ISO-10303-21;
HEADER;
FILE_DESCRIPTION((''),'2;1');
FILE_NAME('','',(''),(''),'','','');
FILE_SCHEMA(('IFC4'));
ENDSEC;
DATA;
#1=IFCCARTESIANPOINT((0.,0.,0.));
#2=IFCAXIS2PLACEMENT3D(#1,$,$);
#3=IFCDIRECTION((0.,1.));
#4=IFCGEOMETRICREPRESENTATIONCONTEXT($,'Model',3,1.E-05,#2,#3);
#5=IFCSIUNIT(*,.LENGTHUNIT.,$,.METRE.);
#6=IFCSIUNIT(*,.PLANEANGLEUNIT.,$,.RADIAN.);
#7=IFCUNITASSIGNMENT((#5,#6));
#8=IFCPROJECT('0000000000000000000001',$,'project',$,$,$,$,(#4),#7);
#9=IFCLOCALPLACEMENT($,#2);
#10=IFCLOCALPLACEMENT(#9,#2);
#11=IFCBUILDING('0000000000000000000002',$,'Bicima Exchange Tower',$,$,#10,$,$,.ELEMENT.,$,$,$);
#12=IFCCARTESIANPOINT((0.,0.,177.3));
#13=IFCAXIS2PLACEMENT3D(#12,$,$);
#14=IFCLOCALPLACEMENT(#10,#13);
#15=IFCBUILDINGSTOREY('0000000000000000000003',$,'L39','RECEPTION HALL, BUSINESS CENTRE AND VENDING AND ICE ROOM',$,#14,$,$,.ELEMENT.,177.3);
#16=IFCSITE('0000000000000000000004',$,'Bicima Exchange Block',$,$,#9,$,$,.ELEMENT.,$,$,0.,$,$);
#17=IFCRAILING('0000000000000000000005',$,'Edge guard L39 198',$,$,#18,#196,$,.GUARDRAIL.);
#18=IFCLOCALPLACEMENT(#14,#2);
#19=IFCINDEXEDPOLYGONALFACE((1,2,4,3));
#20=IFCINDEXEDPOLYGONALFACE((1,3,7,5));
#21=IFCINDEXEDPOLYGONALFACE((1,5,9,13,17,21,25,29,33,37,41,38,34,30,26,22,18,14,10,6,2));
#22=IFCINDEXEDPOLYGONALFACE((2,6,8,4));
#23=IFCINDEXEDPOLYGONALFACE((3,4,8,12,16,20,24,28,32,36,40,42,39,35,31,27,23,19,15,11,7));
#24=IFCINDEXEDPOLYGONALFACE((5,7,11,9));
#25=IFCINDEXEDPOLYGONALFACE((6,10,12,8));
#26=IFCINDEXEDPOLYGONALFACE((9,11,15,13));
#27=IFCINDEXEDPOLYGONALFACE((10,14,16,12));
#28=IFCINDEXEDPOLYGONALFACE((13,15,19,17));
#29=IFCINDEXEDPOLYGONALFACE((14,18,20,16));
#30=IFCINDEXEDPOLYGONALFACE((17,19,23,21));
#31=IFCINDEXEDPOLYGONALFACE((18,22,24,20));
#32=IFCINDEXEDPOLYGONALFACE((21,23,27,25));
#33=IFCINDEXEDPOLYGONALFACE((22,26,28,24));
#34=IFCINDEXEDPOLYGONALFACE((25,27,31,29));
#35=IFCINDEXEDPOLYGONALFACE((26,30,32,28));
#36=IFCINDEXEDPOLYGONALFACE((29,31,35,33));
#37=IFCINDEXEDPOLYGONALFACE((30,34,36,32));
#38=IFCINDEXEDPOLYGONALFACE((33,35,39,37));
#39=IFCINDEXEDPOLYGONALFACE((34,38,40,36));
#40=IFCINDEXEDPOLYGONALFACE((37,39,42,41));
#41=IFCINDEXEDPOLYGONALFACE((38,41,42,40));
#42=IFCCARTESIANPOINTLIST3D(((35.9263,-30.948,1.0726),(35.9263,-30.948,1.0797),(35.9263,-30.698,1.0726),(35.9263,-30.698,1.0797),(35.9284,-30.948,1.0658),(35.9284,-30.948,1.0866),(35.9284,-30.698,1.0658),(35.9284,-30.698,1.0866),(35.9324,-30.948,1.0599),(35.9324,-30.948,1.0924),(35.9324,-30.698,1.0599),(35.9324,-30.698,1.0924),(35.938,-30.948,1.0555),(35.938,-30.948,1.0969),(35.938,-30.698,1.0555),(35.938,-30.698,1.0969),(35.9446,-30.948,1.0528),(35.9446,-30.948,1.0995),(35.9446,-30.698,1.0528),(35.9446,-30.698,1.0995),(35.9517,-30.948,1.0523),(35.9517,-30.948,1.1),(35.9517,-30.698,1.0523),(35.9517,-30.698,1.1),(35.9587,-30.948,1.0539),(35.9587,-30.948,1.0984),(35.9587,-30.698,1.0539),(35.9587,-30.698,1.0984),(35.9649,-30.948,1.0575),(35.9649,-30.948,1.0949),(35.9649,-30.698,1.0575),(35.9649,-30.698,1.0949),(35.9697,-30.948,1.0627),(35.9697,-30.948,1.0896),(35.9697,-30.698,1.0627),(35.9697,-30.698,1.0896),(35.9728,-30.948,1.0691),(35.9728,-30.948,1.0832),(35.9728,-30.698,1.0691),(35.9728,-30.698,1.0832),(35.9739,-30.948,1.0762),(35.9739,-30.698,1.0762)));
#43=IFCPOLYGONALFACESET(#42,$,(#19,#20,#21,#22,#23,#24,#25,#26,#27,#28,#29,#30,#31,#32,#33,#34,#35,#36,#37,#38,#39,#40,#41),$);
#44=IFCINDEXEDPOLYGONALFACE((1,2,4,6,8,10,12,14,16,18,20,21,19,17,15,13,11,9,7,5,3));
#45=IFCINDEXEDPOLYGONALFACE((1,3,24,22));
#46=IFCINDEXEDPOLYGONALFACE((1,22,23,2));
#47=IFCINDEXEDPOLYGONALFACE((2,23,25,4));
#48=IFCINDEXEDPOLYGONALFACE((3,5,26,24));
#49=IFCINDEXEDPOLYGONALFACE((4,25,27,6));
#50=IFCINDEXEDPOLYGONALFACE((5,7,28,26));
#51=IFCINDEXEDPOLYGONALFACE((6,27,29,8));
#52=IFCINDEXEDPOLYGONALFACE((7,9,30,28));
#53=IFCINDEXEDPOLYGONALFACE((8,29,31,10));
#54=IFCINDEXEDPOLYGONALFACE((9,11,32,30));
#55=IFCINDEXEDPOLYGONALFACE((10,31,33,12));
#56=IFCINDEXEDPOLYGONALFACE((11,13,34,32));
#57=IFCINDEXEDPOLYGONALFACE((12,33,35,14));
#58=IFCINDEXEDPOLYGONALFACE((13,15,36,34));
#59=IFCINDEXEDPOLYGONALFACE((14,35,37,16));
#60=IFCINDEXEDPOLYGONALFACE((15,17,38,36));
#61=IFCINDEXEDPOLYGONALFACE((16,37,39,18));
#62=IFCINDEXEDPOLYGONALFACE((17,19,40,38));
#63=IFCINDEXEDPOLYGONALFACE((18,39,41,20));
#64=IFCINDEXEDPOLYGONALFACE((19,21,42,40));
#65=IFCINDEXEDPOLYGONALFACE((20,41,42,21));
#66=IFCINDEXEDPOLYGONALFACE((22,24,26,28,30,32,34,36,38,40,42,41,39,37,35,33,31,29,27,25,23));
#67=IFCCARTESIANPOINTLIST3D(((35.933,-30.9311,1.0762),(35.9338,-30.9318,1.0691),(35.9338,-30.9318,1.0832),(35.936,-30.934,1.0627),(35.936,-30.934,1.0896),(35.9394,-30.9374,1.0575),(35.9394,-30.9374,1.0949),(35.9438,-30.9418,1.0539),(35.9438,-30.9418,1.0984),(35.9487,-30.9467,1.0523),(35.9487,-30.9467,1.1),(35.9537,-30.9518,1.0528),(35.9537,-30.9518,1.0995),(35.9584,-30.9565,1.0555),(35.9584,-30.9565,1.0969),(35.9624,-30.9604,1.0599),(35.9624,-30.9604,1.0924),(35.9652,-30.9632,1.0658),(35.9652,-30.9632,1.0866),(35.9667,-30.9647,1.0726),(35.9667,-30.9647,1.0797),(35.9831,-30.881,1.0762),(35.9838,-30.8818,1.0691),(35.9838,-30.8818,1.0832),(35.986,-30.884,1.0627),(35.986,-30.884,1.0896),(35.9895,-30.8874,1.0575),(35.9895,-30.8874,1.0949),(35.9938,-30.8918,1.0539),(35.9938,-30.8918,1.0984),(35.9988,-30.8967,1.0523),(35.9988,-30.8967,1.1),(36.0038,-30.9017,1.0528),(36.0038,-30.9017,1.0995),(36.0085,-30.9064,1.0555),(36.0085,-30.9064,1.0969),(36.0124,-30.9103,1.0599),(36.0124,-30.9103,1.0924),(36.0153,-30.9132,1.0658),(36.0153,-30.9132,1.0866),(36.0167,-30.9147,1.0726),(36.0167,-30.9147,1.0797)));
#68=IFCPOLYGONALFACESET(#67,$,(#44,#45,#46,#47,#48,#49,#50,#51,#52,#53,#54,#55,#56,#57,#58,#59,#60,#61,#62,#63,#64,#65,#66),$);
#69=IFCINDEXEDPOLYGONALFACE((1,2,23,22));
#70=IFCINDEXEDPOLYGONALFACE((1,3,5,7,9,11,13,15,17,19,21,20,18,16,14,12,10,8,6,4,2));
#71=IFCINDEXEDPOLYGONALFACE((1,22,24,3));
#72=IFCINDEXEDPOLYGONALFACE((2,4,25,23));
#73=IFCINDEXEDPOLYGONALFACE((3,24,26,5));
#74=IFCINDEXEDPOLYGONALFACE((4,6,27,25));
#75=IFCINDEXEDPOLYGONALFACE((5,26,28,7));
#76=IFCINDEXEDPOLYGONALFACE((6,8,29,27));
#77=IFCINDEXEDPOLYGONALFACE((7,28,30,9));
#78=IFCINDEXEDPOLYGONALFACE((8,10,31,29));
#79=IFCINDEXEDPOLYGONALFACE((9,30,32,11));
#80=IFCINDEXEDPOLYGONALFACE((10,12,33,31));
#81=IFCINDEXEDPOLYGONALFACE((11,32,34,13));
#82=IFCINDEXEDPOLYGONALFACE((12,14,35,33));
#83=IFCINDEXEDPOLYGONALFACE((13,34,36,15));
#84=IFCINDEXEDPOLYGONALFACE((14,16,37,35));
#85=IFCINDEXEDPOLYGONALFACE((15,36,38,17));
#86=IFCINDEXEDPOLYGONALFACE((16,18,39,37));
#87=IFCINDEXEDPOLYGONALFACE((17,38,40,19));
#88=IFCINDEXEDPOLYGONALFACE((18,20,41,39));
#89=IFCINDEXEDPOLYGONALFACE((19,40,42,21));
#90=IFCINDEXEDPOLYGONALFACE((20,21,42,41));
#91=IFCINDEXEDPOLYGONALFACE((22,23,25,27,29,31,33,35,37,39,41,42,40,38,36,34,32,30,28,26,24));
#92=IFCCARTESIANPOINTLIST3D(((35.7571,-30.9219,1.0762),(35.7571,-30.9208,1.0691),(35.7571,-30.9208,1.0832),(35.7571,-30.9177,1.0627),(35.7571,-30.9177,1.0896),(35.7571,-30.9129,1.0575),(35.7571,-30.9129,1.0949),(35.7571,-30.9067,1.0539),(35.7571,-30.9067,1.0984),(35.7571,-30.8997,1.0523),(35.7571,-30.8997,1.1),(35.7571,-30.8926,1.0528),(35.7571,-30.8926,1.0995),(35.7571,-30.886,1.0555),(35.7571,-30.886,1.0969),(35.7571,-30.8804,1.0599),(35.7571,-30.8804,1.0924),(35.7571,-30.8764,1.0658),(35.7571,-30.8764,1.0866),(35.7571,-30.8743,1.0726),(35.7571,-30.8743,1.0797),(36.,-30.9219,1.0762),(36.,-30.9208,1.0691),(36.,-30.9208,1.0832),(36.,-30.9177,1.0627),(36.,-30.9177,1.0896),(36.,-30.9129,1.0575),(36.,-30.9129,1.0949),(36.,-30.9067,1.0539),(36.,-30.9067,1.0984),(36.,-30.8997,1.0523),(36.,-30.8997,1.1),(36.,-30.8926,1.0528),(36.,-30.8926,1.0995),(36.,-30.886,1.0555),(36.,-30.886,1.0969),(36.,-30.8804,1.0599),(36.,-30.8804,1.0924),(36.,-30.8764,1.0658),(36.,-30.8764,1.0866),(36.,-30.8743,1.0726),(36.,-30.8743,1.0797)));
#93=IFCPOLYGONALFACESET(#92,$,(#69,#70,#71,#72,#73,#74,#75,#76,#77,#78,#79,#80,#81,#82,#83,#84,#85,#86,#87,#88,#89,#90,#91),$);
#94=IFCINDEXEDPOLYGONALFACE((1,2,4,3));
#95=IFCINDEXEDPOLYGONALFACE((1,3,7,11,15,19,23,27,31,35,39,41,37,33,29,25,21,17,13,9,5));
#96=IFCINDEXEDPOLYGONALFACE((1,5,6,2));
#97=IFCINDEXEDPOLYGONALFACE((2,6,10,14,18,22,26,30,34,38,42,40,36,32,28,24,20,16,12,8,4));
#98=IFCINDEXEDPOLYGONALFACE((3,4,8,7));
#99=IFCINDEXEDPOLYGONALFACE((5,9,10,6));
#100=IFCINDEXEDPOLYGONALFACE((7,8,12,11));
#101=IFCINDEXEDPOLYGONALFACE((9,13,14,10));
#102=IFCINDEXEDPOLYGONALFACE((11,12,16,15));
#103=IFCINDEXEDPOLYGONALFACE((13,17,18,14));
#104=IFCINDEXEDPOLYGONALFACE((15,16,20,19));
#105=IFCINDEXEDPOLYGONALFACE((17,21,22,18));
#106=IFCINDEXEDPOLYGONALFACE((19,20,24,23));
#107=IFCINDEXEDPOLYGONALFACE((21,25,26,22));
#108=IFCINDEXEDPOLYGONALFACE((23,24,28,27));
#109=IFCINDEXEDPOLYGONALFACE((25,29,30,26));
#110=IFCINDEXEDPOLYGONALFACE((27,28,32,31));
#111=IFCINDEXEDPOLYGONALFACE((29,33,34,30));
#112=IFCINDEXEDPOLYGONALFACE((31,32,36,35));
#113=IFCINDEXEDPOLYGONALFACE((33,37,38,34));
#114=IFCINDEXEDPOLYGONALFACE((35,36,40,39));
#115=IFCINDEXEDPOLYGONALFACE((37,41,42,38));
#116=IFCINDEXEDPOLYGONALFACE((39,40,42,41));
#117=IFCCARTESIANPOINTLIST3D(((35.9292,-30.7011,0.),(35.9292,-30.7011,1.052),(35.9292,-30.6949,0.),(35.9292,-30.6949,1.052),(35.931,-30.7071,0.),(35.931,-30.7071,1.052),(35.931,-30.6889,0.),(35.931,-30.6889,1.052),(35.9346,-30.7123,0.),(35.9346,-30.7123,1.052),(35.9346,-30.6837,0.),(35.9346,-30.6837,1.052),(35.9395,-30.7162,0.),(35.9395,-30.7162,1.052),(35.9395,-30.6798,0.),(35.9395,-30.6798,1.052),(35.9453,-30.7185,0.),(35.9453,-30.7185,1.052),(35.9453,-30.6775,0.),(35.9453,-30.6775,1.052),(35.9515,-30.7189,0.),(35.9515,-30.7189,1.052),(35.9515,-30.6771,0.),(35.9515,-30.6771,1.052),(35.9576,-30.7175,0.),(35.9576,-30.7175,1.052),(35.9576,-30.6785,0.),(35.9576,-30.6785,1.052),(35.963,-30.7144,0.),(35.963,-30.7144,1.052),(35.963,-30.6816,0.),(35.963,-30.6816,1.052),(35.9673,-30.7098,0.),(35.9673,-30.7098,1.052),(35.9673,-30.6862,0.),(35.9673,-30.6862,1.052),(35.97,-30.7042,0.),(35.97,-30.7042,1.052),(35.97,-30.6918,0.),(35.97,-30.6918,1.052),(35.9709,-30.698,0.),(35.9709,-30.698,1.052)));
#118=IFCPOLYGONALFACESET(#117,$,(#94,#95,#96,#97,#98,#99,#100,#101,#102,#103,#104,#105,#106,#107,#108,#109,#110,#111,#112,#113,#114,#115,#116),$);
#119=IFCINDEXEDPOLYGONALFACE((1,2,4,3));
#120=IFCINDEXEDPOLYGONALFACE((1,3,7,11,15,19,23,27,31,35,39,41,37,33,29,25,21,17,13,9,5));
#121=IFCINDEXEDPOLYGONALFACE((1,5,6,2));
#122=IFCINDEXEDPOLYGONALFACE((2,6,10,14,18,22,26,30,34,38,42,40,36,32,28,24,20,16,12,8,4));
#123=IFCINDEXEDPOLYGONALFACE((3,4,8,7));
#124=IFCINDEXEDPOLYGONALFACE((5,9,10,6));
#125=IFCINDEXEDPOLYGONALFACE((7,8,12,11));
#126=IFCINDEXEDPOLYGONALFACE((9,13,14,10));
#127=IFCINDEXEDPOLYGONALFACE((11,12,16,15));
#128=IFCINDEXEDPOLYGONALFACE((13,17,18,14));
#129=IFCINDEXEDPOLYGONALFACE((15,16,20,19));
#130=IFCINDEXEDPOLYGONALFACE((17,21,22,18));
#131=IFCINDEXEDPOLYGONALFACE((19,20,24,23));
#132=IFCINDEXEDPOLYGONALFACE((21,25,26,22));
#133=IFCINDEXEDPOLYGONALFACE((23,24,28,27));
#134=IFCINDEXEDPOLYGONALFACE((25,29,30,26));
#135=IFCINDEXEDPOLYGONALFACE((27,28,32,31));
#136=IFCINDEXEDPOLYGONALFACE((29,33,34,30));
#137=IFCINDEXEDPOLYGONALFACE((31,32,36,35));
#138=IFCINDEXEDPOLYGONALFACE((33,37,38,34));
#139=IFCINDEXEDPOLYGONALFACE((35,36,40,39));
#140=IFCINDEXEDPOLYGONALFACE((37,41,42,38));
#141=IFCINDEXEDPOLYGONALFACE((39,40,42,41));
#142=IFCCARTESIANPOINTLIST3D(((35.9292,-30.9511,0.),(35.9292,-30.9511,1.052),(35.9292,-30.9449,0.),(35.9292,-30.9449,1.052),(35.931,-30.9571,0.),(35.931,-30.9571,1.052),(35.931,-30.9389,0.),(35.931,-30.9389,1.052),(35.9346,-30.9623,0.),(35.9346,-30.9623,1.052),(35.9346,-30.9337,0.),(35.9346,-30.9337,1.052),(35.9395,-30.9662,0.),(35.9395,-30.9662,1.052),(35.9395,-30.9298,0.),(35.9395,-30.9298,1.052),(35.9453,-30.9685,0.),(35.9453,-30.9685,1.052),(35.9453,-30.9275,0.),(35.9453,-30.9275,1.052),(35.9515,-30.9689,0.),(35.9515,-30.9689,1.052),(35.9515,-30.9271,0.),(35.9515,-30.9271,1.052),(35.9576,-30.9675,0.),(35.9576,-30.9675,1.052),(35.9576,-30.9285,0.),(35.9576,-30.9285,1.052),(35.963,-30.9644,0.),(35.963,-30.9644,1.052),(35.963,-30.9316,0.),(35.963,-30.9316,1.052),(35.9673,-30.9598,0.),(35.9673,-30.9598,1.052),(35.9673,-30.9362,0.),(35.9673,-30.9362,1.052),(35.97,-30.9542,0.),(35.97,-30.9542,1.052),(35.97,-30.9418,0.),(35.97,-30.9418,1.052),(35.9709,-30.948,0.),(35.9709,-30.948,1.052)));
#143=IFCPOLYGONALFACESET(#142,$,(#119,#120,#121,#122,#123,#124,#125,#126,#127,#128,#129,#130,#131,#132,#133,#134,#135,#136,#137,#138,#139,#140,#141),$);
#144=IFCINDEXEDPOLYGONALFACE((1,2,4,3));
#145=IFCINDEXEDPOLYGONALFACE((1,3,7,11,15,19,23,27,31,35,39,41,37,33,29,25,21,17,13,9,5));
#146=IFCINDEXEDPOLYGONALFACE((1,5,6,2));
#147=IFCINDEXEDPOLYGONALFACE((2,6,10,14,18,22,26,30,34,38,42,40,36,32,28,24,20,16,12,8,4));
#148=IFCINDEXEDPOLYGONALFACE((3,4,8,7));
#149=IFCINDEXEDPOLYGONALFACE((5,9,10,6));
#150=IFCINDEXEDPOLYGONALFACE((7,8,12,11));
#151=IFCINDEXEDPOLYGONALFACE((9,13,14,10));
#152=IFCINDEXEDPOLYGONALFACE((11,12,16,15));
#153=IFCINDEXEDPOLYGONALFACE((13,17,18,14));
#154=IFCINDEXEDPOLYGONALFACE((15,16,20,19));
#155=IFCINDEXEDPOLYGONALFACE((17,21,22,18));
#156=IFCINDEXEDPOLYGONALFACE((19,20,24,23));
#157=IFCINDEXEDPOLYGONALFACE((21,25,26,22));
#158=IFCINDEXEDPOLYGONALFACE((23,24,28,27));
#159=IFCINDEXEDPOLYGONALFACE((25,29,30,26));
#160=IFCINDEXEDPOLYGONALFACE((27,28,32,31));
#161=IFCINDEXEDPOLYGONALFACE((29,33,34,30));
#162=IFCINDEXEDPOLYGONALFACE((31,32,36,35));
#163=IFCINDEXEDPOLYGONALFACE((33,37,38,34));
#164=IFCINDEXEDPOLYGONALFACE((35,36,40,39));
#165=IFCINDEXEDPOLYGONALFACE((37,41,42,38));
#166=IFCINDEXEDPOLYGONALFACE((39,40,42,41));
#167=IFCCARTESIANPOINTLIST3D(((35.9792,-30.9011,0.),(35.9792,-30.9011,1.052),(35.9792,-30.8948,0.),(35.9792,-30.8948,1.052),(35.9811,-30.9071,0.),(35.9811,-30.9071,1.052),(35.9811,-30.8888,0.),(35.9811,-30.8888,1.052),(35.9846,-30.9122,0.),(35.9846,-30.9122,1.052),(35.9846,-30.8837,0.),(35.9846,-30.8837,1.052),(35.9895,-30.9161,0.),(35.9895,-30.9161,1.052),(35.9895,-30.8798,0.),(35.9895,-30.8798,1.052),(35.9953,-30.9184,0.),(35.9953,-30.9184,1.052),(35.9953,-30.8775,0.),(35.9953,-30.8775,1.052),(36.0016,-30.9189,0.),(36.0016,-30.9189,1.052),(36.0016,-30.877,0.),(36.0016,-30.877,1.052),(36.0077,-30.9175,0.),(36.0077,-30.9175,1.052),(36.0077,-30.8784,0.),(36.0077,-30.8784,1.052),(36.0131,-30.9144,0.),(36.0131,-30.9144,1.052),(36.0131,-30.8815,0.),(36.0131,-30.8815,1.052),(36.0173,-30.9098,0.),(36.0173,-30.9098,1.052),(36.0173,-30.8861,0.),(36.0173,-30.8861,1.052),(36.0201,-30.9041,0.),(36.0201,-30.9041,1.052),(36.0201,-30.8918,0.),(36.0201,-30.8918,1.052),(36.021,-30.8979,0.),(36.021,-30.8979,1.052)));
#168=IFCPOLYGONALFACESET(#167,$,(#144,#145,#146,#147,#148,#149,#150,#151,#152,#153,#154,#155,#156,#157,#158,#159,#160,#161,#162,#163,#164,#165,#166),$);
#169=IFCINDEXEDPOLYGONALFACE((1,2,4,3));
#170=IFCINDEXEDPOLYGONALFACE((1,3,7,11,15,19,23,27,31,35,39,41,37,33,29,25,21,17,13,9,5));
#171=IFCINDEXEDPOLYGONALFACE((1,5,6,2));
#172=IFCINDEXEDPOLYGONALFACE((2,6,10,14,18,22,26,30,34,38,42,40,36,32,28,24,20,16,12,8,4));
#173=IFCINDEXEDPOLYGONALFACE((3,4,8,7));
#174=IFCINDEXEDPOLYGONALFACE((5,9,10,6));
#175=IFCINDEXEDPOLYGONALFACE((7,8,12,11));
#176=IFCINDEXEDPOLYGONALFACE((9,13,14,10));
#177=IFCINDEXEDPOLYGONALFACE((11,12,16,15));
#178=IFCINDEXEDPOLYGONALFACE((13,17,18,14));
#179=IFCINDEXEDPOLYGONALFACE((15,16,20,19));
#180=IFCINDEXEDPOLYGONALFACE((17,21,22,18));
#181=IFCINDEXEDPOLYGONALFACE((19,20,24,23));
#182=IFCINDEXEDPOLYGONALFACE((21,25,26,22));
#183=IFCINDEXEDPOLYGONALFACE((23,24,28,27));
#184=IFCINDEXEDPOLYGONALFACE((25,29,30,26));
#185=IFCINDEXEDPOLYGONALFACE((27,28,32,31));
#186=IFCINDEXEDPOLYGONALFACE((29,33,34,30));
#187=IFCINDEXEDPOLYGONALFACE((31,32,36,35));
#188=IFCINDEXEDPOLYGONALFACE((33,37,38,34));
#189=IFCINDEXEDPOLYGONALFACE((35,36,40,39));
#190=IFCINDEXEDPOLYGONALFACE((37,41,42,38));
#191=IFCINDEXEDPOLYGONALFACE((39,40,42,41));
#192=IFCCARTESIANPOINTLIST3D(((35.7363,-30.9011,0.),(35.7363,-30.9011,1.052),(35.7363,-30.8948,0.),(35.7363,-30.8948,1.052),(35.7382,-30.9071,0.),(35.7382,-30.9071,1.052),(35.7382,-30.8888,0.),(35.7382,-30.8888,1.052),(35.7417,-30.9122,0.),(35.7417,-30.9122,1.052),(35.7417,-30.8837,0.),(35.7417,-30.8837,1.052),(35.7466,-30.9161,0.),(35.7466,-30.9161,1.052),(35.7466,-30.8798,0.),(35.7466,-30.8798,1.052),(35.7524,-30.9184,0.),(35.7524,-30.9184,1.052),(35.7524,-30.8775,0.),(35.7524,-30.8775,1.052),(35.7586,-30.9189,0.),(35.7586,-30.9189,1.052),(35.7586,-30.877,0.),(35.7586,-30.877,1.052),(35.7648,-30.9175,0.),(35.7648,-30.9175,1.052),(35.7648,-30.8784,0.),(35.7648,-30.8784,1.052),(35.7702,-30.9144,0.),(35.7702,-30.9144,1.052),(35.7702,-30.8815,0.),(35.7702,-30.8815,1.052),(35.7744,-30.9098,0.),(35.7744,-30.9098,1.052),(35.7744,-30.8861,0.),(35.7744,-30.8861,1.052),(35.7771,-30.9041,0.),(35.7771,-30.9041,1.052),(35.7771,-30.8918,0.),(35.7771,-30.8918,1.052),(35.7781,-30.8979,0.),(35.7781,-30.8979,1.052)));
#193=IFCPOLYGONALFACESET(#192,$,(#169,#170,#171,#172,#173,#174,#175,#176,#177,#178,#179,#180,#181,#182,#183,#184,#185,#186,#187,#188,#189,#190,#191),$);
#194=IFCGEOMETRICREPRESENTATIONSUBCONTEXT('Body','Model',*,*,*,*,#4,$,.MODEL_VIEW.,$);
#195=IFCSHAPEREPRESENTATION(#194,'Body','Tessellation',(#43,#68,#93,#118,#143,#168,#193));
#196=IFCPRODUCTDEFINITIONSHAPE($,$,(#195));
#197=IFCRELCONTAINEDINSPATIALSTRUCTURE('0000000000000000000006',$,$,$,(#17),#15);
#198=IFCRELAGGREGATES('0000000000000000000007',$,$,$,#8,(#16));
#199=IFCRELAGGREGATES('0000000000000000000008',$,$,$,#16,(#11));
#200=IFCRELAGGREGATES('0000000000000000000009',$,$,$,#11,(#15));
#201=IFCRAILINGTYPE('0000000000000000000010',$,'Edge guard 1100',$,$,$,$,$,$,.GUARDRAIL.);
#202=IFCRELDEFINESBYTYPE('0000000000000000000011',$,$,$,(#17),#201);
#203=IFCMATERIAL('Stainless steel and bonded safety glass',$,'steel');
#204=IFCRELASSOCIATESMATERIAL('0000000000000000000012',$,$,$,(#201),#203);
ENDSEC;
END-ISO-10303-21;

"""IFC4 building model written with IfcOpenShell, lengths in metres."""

from ifc_helpers import new_model, si_unit, direction, frame, origin, origin_2d, place, context, subcontext, project, spatial, circle, extrude, material, type_object, element, save


model = new_model("IFC4")

# Units and contexts
model_context = context("Model", 3, precision=1e-05, world=origin(), true_north=direction((0.0, 1.0)))
body_context = subcontext(model_context, "Body", "Model", "MODEL_VIEW")
ifc_project = project(units=[si_unit("LENGTHUNIT", "METRE"), si_unit("PLANEANGLEUNIT", "RADIAN")], contexts=[model_context])

# Site, building, storey
site_placement = place(None, origin())
site = spatial("IfcSite", under=ifc_project, at=site_placement, Name="Bicima Exchange Block", CompositionType="ELEMENT", RefElevation=0.0)
building_placement = place(site_placement, origin())
building = spatial("IfcBuilding", under=site, at=building_placement, Name="Bicima Exchange Tower", CompositionType="ELEMENT")
storey_placement = place(building_placement, frame((0.0, 0.0, 177.3)))
storey = spatial("IfcBuildingStorey", under=building, at=storey_placement, Name="L39", Description="RECEPTION HALL, BUSINESS CENTRE AND VENDING AND ICE ROOM", CompositionType="ELEMENT", Elevation=177.3)

# Railing
ifc_material_1 = material(Name="Stainless steel and bonded safety glass", Category="steel")
railing_type = type_object("IfcRailingType", Name="Edge guard 1100", PredefinedType="GUARDRAIL", material=ifc_material_1)
railing_placement = place(storey_placement, frame((35.95, -30.698, 0.0)))
element("IfcRailing", 1, at=railing_placement, inside=storey, type_object=railing_type, Name="Edge guard L39 198", PredefinedType="GUARDRAIL", context=body_context, shape_type="SweptSolid", body=[
    extrude(circle(Radius=0.0239, at=origin_2d()), frame((0.0, 0.0, 1.0762), z_axis=(0.0, -1.0, 0.0), x_axis=(1.0, 0.0, 0.0)), (0.0, 0.0, 1.0), 0.25),
    extrude(circle(Radius=0.0239, at=origin_2d()), frame((0.0, -0.25, 1.0762), z_axis=(0.707107, 0.707107, 0.0), x_axis=(-0.707107, 0.707107, 0.0)), (0.0, 0.0, 1.0), 0.0708),
    extrude(circle(Radius=0.0239, at=origin_2d()), frame((0.05, -0.2, 1.0762), z_axis=(-1.0, 0.0, 0.0), x_axis=(0.0, -1.0, 0.0)), (0.0, 0.0, 1.0), 0.2429),
    extrude(circle(Radius=0.021, at=origin_2d()), origin(), (0.0, 0.0, 1.0), 1.052),
    extrude(circle(Radius=0.021, at=origin_2d()), frame((0.0, -0.25, 0.0)), (0.0, 0.0, 1.0), 1.052),
    extrude(circle(Radius=0.021, at=origin_2d()), frame((0.05, -0.2, 0.0)), (0.0, 0.0, 1.0), 1.052),
    extrude(circle(Radius=0.021, at=origin_2d()), frame((-0.1929, -0.2, 0.0)), (0.0, 0.0, 1.0), 1.052),
])

save(model, "model.ifc")
